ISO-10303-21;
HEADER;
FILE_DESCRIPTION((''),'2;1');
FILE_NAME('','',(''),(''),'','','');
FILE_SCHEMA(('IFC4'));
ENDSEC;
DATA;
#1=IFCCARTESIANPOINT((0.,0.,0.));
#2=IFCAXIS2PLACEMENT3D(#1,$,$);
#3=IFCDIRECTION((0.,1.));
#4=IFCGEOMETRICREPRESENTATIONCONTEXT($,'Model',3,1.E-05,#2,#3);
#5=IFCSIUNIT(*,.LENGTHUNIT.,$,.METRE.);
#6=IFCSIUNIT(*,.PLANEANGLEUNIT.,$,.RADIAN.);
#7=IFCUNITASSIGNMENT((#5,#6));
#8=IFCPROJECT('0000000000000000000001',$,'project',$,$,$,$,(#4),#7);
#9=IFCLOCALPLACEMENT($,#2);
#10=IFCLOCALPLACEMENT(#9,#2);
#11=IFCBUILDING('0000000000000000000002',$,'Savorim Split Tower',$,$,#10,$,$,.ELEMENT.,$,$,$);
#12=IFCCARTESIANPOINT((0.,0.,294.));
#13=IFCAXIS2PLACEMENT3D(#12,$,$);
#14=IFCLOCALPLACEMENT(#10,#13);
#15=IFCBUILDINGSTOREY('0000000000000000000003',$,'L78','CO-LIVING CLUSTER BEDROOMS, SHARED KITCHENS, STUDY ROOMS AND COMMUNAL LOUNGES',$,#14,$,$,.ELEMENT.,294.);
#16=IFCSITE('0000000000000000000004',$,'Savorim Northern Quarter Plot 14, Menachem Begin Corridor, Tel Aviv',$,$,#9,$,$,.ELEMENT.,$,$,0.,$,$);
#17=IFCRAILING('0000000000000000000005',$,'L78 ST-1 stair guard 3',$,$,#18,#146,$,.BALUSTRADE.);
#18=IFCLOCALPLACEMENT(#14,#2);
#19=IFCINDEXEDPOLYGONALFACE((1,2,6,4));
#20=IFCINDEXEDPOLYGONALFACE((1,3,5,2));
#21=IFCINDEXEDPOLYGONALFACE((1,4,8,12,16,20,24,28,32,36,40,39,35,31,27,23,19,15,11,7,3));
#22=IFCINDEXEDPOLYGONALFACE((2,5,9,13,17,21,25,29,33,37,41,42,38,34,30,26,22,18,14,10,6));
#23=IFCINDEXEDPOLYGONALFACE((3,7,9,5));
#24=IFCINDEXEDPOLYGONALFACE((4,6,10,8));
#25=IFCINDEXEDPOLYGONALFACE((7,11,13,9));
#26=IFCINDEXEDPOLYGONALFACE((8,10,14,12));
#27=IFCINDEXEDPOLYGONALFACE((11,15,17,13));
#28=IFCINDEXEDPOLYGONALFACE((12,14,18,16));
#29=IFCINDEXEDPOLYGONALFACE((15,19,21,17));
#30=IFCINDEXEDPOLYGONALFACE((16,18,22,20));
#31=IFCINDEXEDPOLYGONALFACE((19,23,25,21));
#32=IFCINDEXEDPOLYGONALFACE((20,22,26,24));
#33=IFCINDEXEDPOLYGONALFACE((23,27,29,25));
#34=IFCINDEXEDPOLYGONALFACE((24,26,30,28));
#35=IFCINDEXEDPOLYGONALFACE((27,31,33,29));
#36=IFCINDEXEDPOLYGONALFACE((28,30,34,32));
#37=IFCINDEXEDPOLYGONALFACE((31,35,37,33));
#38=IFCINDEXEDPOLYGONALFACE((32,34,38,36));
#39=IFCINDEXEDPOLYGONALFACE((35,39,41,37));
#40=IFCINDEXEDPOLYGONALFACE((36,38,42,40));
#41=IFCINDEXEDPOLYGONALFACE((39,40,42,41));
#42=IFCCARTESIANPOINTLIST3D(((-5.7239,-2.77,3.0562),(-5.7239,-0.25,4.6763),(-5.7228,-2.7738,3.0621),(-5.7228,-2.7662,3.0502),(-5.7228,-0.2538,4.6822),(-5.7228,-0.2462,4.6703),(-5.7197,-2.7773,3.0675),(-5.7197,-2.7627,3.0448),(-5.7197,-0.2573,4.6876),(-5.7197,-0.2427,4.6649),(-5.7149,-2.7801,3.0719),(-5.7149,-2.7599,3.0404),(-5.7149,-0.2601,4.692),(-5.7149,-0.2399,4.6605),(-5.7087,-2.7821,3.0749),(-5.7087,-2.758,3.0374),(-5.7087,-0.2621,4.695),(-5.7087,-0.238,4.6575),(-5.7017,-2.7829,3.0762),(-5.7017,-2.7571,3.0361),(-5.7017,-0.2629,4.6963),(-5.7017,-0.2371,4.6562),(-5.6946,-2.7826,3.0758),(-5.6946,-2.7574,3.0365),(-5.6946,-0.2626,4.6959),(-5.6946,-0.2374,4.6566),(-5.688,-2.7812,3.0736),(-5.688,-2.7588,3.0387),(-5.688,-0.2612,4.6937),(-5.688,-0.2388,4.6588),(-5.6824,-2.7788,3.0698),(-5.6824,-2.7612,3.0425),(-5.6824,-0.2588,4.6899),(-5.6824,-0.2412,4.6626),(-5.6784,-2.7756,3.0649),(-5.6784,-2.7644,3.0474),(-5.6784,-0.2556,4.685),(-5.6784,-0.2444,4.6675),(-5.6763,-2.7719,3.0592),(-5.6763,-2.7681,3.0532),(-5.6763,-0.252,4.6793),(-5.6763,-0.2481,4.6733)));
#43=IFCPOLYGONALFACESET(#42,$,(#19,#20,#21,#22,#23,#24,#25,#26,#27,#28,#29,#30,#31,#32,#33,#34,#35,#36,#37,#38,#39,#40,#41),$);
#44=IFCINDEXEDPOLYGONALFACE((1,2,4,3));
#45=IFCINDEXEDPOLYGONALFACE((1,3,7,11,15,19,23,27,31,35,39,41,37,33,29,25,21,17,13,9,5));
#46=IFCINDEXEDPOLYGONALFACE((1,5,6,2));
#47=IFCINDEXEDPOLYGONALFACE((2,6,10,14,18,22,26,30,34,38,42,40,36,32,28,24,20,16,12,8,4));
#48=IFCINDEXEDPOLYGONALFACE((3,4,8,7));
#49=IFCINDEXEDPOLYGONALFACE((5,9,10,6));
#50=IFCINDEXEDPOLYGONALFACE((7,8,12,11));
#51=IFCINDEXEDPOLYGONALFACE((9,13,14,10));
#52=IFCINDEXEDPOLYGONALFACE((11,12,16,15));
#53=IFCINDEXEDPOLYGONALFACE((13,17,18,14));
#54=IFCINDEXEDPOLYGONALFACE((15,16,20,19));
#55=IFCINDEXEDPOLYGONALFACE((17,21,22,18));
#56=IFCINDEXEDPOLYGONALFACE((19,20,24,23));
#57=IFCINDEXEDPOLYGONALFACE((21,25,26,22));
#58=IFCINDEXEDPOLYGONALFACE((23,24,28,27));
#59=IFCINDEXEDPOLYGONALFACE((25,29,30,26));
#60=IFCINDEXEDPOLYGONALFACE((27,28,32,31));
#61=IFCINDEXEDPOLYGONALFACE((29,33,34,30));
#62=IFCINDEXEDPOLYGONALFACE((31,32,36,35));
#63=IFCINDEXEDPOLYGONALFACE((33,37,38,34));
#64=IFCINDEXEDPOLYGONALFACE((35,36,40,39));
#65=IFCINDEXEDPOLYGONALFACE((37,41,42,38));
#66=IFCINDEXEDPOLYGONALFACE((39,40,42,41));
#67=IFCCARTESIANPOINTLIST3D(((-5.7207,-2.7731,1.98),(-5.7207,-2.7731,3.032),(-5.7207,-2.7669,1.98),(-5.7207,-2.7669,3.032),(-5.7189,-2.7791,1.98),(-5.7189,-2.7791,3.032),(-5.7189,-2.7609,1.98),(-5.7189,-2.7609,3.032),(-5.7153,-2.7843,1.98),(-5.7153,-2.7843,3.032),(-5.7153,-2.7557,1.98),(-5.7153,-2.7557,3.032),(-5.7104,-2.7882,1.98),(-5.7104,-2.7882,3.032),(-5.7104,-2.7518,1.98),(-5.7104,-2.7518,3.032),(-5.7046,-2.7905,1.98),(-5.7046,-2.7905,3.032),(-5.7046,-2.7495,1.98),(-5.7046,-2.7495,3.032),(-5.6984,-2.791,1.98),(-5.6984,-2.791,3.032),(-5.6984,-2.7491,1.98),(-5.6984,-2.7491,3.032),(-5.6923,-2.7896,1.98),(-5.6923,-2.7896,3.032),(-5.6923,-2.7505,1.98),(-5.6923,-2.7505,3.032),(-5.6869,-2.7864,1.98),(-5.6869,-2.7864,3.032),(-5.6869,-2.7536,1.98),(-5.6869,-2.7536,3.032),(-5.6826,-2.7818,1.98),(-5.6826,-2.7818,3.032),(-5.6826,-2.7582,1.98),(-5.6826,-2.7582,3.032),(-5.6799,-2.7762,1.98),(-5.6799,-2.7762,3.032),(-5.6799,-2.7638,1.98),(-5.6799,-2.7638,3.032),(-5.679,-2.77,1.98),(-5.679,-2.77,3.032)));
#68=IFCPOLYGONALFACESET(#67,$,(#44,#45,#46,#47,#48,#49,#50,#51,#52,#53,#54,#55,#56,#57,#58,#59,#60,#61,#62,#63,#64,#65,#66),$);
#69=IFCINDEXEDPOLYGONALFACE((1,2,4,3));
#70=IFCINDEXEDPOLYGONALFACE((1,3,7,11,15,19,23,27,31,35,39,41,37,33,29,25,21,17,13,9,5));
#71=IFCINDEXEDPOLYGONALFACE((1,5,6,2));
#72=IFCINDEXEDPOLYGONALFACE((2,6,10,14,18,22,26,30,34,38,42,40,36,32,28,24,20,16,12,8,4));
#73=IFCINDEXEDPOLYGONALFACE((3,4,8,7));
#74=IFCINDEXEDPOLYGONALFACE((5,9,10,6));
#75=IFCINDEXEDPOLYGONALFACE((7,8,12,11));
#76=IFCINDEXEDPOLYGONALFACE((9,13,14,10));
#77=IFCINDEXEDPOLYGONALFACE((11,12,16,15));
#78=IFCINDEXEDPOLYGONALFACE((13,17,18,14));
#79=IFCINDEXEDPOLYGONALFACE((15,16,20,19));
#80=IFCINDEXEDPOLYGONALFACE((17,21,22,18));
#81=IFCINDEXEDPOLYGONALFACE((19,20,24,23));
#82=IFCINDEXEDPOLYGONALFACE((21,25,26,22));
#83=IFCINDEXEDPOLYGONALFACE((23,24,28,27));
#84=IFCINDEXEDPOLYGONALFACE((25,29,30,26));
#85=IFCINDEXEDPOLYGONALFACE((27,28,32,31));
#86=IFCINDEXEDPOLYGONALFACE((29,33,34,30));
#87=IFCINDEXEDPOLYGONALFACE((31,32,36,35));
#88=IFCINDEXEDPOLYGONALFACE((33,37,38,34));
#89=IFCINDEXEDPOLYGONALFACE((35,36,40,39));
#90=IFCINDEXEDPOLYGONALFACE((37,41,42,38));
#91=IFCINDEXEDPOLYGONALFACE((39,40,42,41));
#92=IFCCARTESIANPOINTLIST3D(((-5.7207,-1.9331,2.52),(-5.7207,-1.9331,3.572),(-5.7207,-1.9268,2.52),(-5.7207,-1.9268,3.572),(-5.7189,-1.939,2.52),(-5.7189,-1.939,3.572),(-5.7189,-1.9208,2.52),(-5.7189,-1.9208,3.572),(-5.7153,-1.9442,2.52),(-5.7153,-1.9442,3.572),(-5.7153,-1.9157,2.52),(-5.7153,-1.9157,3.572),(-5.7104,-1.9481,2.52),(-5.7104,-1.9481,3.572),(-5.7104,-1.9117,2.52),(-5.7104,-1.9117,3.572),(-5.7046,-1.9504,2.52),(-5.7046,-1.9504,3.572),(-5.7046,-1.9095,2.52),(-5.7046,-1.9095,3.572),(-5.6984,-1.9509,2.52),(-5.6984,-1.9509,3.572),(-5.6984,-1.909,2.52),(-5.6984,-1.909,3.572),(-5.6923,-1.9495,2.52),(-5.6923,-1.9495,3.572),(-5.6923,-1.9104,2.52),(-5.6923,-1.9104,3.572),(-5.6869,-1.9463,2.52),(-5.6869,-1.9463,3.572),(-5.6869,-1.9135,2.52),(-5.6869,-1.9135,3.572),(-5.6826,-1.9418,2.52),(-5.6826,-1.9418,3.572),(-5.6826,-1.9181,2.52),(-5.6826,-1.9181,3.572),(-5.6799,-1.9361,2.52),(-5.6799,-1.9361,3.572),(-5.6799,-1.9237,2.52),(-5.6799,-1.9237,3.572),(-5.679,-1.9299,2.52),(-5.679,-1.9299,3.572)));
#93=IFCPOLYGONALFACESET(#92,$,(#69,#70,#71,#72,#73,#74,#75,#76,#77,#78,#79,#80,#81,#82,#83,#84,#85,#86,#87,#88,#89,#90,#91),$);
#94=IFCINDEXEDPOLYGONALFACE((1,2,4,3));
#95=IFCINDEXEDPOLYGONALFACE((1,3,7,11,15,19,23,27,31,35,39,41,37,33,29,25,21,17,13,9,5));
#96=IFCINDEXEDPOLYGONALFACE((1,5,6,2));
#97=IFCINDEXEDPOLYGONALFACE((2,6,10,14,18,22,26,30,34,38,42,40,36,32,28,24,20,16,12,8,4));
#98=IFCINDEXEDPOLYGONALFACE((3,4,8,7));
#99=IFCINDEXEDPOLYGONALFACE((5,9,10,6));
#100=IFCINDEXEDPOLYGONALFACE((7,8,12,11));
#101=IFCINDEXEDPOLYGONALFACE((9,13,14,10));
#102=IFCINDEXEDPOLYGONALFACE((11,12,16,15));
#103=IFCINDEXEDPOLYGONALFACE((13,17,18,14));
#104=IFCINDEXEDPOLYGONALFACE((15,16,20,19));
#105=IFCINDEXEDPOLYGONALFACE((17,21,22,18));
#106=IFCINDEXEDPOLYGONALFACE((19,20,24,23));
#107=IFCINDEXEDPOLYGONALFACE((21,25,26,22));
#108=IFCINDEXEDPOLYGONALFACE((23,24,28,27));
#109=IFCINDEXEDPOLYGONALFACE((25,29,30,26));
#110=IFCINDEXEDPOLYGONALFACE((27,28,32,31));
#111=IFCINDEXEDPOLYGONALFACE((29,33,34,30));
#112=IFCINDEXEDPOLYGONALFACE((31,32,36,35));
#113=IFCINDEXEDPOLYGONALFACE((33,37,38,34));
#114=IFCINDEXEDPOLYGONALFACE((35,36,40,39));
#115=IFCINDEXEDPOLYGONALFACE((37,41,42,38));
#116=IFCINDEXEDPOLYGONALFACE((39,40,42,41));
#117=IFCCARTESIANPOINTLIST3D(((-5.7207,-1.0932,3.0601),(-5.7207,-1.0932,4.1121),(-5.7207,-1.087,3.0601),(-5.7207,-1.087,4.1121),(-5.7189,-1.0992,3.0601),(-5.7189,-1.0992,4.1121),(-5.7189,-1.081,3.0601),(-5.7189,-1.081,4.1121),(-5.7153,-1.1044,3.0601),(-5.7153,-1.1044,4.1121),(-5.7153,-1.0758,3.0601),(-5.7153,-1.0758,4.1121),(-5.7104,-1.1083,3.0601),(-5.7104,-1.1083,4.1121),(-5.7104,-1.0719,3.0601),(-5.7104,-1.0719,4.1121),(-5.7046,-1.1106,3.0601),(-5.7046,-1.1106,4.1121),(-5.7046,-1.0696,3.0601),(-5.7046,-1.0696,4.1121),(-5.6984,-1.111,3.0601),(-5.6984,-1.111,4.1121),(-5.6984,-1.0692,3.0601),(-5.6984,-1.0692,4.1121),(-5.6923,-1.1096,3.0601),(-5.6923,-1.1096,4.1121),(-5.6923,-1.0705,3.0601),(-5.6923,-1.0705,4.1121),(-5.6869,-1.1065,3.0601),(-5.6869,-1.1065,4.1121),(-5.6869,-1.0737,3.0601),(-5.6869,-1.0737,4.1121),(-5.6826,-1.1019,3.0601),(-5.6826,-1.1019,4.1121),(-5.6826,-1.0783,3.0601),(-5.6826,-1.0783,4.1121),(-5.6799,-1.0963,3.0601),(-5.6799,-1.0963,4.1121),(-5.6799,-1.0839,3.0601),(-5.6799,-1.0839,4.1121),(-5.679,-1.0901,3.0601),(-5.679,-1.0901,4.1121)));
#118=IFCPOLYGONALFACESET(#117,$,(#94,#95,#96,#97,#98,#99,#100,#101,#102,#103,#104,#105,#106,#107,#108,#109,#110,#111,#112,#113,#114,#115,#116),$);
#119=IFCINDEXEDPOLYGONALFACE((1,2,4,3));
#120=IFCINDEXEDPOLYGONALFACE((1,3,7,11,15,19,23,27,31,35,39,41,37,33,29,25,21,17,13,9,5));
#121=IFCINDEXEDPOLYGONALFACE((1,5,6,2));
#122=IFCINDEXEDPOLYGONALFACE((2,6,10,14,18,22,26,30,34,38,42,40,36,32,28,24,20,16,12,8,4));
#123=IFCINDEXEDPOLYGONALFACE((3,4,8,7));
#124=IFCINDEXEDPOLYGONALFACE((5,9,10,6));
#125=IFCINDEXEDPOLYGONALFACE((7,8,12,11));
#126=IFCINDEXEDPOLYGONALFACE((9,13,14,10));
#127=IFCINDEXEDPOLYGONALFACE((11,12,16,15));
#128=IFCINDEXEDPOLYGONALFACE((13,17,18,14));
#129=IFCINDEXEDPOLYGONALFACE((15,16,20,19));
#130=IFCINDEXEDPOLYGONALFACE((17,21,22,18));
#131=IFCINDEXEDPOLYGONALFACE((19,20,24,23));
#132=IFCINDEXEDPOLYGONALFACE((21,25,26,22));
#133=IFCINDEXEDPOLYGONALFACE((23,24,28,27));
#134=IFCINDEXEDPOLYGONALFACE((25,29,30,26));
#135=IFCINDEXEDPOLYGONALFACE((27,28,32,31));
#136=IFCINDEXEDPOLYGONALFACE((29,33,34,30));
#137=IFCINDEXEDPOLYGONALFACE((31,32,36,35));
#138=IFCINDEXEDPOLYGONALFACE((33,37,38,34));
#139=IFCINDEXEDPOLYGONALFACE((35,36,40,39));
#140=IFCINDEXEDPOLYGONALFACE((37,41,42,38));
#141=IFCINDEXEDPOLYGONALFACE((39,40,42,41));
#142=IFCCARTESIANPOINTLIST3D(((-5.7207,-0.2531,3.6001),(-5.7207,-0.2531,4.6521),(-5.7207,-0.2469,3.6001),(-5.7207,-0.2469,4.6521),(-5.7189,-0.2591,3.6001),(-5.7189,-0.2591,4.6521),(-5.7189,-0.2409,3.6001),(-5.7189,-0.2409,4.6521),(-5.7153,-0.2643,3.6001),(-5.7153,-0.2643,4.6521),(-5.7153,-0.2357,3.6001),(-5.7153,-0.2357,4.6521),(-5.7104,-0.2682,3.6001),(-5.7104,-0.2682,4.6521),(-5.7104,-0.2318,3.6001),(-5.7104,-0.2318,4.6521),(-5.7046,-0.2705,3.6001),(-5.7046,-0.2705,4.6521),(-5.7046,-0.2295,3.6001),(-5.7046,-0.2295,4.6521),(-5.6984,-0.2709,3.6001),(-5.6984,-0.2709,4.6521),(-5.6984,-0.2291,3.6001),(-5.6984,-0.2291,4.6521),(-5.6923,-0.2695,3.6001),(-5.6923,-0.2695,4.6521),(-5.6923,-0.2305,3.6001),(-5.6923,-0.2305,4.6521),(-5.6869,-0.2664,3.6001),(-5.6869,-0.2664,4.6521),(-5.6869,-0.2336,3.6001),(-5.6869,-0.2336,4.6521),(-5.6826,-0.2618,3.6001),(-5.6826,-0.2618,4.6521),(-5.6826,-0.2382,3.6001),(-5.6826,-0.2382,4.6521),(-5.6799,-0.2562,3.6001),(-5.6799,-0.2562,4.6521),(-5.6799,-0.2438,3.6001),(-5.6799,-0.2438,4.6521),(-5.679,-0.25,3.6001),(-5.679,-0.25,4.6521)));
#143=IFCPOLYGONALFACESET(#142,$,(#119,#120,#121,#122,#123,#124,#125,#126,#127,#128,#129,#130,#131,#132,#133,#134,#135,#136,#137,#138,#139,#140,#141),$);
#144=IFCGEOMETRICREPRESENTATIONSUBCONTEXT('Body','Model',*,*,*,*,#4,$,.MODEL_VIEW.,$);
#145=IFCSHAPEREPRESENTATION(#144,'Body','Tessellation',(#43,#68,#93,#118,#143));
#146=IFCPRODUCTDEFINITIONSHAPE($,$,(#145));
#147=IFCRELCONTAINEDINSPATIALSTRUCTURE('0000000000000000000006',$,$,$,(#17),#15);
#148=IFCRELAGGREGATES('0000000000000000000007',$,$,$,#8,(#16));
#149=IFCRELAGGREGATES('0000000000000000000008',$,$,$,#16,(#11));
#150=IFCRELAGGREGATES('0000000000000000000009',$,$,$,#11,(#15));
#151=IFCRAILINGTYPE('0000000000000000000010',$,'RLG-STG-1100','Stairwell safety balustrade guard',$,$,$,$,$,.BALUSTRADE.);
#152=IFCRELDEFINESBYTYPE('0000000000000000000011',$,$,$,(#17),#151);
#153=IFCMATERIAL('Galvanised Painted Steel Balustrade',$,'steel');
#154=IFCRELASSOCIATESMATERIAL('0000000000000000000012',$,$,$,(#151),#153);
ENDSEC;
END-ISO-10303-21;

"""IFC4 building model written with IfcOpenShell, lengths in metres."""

from ifc_helpers import new_model, si_unit, direction, frame, origin, origin_2d, place, context, subcontext, project, spatial, circle, extrude, material, type_object, element, save


model = new_model("IFC4")

# Units and contexts
model_context = context("Model", 3, precision=1e-05, world=origin(), true_north=direction((0.0, 1.0)))
body_context = subcontext(model_context, "Body", "Model", "MODEL_VIEW")
ifc_project = project(units=[si_unit("LENGTHUNIT", "METRE"), si_unit("PLANEANGLEUNIT", "RADIAN")], contexts=[model_context])

# Site, building, storey
site_placement = place(None, origin())
site = spatial("IfcSite", under=ifc_project, at=site_placement, Name="Savorim Northern Quarter Plot 14, Menachem Begin Corridor, Tel Aviv", CompositionType="ELEMENT", RefElevation=0.0)
building_placement = place(site_placement, origin())
building = spatial("IfcBuilding", under=site, at=building_placement, Name="Savorim Split Tower", CompositionType="ELEMENT")
storey_placement = place(building_placement, frame((0.0, 0.0, 294.0)))
storey = spatial("IfcBuildingStorey", under=building, at=storey_placement, Name="L78", Description="CO-LIVING CLUSTER BEDROOMS, SHARED KITCHENS, STUDY ROOMS AND COMMUNAL LOUNGES", CompositionType="ELEMENT", Elevation=294.0)

# Railing
ifc_material_1 = material(Name="Galvanised Painted Steel Balustrade", Category="steel")
railing_type_1 = type_object("IfcRailingType", Name="RLG-STG-1100", Description="Stairwell safety balustrade guard", PredefinedType="BALUSTRADE", material=ifc_material_1)
railing_1_placement = place(storey_placement, frame((-5.7, -2.77, 1.98)))
element("IfcRailing", 1, at=railing_1_placement, inside=storey, type_object=railing_type_1, Name="L78 ST-1 stair guard 3", PredefinedType="BALUSTRADE", context=body_context, shape_type="SweptSolid", body=[
    extrude(circle(Radius=0.0239, at=origin_2d()), frame((0.0, 0.0, 1.0762), z_axis=(0.0, 0.841163, 0.540782), x_axis=(-1.0, 0.0, 0.0)), (0.0, 0.0, 1.0), 2.9958),
    extrude(circle(Radius=0.021, at=origin_2d()), origin(), (0.0, 0.0, 1.0), 1.052),
    extrude(circle(Radius=0.021, at=origin_2d()), frame((0.0, 0.8401, 0.54)), (0.0, 0.0, 1.0), 1.052),
    extrude(circle(Radius=0.021, at=origin_2d()), frame((0.0, 1.6799, 1.0801)), (0.0, 0.0, 1.0), 1.052),
    extrude(circle(Radius=0.021, at=origin_2d()), frame((0.0, 2.52, 1.6201)), (0.0, 0.0, 1.0), 1.052),
])

save(model, "model.ifc")
